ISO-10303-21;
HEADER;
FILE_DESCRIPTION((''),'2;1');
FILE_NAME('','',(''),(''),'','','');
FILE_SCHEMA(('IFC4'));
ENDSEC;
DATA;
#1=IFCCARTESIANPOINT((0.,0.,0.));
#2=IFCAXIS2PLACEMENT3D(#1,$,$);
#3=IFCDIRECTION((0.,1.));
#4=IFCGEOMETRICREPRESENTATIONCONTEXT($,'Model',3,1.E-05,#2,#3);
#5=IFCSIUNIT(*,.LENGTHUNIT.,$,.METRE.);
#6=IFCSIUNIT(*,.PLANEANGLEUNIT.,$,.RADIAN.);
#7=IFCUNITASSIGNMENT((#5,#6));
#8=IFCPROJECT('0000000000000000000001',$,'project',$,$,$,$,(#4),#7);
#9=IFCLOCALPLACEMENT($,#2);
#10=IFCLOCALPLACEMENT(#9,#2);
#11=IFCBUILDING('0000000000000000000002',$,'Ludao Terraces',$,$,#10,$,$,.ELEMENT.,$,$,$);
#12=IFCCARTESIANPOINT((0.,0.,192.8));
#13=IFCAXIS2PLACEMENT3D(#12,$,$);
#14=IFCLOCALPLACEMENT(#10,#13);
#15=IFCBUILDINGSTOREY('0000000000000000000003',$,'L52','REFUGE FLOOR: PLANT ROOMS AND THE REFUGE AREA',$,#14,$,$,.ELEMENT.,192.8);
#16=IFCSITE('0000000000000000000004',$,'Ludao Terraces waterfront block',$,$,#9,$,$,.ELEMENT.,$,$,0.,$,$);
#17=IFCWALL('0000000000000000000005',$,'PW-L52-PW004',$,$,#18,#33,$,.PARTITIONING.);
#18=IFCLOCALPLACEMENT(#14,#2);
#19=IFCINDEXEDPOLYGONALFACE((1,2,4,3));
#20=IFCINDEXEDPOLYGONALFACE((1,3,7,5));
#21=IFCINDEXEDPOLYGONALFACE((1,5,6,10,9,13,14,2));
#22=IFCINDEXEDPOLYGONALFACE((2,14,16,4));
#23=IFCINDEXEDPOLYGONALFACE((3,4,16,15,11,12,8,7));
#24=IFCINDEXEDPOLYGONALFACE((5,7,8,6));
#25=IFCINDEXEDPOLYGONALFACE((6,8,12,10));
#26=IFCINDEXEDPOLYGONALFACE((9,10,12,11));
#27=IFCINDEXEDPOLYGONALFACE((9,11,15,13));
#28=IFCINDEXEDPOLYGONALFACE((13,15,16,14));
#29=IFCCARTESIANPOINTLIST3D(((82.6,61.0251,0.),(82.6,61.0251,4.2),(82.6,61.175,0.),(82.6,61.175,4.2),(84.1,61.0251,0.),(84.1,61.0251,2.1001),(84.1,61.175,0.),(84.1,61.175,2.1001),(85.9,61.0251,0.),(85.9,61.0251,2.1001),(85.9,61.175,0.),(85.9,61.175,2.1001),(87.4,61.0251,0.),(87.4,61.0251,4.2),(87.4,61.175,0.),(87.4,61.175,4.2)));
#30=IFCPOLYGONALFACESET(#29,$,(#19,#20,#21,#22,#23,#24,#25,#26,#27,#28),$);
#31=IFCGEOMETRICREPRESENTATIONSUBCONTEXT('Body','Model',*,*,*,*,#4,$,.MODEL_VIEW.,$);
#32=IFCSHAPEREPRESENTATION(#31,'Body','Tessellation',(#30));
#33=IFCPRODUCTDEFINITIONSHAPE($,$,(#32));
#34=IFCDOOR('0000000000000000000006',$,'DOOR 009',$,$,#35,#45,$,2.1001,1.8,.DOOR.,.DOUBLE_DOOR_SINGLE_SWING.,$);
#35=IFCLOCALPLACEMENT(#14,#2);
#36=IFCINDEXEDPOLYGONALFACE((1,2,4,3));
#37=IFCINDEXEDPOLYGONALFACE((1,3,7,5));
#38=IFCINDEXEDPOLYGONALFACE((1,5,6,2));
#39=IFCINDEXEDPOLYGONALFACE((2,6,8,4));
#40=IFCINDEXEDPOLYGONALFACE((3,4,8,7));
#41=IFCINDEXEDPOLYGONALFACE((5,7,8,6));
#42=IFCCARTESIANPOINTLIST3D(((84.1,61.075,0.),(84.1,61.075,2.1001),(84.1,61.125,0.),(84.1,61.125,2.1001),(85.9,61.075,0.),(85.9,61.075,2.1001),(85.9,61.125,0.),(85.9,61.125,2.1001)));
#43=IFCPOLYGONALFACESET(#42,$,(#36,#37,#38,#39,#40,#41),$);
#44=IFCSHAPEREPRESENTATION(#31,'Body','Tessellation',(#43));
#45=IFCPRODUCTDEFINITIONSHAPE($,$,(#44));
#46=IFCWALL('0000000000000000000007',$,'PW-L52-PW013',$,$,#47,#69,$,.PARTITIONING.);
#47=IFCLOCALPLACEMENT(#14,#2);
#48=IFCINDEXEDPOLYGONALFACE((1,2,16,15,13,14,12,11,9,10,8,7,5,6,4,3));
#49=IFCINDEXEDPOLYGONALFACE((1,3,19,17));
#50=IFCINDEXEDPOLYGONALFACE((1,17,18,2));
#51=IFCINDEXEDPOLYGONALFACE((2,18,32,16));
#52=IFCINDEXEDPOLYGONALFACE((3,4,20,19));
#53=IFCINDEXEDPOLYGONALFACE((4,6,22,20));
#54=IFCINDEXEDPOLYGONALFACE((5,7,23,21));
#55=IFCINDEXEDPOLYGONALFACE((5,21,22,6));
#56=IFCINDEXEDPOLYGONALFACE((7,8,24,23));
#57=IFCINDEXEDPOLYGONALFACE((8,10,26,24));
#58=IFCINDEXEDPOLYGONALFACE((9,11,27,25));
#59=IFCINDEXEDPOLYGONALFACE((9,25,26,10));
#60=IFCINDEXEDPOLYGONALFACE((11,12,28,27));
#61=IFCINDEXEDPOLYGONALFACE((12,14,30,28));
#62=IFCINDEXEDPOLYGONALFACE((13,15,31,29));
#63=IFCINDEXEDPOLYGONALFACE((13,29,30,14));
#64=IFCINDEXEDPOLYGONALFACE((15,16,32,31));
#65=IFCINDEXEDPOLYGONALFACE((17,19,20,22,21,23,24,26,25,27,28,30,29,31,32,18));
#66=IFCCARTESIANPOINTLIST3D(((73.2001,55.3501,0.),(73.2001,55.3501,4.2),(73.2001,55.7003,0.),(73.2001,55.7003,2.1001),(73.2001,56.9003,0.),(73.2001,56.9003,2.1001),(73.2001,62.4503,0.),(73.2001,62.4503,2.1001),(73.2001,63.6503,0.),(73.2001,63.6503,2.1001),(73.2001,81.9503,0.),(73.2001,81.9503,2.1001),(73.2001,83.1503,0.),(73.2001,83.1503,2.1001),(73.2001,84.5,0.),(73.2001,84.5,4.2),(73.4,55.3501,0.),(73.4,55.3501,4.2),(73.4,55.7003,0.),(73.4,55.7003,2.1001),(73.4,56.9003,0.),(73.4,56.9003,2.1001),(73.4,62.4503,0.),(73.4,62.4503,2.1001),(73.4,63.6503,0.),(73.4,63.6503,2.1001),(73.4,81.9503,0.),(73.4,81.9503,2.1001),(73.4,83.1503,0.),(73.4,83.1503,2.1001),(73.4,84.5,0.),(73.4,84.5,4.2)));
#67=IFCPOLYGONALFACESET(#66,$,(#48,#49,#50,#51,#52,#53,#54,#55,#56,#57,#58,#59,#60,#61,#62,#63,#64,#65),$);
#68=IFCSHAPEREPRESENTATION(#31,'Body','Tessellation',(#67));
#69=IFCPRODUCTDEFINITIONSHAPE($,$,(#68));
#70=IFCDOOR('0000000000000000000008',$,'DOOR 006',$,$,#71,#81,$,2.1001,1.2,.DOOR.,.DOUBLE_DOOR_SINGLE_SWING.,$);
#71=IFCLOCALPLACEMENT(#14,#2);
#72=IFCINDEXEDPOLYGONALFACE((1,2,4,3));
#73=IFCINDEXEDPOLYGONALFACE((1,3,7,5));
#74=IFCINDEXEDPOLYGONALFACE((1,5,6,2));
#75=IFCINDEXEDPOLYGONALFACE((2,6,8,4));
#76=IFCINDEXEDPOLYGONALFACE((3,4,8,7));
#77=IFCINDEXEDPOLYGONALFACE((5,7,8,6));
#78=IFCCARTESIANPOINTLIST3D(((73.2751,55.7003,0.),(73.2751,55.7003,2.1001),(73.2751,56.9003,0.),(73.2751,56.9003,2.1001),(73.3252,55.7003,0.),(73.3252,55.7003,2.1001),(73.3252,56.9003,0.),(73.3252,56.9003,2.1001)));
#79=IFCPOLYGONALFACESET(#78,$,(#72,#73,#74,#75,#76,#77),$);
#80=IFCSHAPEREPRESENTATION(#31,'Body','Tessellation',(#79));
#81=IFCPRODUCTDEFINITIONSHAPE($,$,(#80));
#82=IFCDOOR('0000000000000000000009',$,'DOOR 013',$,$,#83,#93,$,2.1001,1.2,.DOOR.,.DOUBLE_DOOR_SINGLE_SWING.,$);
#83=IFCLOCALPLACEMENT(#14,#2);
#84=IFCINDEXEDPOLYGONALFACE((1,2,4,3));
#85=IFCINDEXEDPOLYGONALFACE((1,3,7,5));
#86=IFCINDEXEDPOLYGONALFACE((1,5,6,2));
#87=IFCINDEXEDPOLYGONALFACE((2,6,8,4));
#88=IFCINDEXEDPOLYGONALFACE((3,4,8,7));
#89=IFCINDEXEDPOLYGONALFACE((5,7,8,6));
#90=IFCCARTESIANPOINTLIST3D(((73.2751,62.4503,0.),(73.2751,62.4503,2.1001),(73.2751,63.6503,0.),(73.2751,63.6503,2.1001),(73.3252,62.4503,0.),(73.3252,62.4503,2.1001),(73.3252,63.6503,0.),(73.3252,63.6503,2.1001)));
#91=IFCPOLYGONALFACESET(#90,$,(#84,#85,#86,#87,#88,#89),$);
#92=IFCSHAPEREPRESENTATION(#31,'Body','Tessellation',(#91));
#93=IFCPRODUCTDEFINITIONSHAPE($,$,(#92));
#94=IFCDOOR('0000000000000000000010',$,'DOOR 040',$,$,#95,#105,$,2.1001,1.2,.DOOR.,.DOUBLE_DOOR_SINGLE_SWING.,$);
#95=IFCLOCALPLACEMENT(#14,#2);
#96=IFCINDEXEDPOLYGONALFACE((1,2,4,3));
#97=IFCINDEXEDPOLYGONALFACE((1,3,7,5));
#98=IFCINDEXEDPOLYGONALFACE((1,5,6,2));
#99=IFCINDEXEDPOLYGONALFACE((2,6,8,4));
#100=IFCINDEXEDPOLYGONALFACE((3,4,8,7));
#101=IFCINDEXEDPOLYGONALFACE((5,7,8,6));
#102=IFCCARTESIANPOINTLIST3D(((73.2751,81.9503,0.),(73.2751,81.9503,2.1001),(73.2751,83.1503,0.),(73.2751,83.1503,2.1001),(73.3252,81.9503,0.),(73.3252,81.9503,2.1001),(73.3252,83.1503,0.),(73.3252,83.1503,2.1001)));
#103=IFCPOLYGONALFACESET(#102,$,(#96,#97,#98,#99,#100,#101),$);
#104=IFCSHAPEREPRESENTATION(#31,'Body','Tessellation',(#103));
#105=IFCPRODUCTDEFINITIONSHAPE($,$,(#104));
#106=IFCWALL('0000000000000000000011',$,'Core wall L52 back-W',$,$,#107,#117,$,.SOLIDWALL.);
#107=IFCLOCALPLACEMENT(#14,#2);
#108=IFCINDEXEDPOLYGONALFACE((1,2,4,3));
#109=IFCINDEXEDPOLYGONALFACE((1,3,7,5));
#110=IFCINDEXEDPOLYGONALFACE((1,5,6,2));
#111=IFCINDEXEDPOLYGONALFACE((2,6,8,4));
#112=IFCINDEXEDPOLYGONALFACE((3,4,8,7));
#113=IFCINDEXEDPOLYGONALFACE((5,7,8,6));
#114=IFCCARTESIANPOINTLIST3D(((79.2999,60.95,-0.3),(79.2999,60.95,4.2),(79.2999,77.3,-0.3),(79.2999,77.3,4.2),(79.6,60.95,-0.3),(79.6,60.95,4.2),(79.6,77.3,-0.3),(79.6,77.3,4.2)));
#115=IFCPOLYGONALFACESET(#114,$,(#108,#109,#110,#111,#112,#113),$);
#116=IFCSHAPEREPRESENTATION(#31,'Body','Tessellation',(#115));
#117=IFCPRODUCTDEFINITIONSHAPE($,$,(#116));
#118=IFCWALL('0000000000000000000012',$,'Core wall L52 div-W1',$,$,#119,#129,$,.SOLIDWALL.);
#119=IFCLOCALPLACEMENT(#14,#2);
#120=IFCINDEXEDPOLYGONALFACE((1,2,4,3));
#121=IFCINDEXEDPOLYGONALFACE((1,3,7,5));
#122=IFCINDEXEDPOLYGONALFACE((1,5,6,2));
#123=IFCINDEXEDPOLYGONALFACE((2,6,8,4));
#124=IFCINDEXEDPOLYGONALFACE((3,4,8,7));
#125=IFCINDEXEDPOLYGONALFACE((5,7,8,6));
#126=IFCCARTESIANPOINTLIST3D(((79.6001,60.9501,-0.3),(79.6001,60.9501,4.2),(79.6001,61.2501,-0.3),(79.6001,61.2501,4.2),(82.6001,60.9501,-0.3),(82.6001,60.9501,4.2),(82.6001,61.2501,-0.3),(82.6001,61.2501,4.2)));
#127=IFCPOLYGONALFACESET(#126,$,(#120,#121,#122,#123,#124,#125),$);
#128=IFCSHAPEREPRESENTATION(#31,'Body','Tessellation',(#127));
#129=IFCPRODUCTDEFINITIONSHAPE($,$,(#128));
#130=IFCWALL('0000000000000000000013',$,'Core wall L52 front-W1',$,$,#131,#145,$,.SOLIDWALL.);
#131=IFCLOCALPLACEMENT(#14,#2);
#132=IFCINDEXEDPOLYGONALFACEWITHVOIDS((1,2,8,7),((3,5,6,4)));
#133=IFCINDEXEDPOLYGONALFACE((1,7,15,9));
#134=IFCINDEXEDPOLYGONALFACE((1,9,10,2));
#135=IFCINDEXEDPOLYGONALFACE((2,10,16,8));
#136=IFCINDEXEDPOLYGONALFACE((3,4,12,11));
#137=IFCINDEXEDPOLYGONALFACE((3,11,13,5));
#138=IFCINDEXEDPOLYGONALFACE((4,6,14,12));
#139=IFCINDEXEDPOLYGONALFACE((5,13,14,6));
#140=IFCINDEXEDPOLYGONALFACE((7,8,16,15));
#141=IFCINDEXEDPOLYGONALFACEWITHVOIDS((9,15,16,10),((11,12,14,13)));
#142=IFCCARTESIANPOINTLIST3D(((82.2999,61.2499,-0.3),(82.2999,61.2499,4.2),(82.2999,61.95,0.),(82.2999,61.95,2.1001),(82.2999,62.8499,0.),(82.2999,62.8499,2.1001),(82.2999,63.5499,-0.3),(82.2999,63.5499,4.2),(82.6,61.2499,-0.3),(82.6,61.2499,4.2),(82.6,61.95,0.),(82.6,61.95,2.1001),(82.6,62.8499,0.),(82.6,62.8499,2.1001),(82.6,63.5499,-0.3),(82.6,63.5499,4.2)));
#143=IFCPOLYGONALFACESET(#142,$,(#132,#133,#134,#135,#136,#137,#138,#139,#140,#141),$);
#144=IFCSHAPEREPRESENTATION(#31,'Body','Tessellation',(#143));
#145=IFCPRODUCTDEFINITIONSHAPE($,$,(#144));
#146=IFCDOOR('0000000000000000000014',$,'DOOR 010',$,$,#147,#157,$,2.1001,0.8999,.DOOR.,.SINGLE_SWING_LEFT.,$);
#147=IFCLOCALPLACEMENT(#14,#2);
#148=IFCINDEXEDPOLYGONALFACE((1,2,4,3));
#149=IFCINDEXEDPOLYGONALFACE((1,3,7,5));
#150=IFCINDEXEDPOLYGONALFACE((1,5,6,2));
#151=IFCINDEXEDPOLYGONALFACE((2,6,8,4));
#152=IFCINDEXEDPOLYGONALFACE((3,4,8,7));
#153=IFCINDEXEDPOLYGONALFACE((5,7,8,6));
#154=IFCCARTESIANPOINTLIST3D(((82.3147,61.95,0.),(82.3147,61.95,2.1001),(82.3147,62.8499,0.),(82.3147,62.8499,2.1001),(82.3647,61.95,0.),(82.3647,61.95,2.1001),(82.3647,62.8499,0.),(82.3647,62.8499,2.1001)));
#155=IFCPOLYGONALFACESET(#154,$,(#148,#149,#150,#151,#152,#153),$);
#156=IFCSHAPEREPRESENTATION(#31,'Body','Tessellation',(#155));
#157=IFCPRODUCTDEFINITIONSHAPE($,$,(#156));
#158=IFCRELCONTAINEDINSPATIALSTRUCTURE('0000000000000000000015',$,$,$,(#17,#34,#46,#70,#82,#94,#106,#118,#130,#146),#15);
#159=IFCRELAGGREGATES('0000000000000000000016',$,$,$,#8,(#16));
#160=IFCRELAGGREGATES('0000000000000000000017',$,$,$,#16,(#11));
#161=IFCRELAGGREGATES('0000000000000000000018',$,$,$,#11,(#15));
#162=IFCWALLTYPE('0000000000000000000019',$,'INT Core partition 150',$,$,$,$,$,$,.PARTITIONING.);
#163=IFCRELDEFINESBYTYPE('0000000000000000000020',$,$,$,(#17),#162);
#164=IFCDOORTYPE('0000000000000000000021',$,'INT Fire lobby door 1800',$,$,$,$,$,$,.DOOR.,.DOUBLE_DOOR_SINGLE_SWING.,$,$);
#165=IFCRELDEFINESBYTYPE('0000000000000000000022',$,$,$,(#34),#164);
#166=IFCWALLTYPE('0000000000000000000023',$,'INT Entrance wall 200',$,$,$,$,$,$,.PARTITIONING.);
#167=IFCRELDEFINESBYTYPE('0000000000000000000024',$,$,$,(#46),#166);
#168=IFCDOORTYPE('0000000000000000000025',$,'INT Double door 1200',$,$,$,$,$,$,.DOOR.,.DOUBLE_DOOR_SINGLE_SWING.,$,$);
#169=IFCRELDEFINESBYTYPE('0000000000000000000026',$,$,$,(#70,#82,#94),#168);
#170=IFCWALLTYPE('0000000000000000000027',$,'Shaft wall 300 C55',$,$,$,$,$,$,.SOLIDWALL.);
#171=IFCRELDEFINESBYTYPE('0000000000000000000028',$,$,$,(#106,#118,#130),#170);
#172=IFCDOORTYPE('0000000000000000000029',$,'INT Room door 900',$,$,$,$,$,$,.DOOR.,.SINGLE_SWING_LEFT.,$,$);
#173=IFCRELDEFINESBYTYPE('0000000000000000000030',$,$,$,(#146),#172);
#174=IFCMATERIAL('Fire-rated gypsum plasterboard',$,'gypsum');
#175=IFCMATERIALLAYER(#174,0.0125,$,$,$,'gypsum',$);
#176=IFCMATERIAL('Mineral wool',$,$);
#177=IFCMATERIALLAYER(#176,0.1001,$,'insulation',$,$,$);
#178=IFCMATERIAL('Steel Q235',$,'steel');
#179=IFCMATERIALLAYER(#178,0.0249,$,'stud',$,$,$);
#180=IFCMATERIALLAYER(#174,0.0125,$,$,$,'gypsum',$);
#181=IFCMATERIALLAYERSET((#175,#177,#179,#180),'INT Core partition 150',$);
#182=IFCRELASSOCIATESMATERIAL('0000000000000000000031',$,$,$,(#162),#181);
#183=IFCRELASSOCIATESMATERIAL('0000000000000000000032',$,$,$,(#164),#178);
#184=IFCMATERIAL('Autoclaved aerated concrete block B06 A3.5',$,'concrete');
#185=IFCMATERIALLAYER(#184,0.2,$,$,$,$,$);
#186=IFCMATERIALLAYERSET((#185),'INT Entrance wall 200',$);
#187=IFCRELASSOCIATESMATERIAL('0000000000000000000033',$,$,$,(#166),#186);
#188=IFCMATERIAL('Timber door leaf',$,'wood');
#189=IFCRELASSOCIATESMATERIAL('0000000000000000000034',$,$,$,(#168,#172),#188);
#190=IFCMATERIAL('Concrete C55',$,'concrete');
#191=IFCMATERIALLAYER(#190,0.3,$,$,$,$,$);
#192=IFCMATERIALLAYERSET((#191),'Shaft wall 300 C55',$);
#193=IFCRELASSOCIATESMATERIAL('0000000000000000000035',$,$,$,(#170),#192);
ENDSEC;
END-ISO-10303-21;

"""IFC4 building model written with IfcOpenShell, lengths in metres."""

from ifc_helpers import new_model, si_unit, direction, frame, frame_2d, origin, place, context, subcontext, project, spatial, rectangle, extrude, material, layer, layer_set, type_object, element, fill, save


model = new_model("IFC4")

# Units and contexts
model_context = context("Model", 3, precision=1e-05, world=origin(), true_north=direction((0.0, 1.0)))
body_context = subcontext(model_context, "Body", "Model", "MODEL_VIEW")
ifc_project = project(units=[si_unit("LENGTHUNIT", "METRE"), si_unit("PLANEANGLEUNIT", "RADIAN")], contexts=[model_context])

# Site, building, storey
site_placement = place(None, origin())
site = spatial("IfcSite", under=ifc_project, at=site_placement, Name="Ludao Terraces waterfront block", CompositionType="ELEMENT", RefElevation=0.0)
building_placement = place(site_placement, origin())
building = spatial("IfcBuilding", under=site, at=building_placement, Name="Ludao Terraces", CompositionType="ELEMENT")
storey_placement = place(building_placement, frame((0.0, 0.0, 192.8)))
storey = spatial("IfcBuildingStorey", under=building, at=storey_placement, Name="L52", Description="REFUGE FLOOR: PLANT ROOMS AND THE REFUGE AREA", CompositionType="ELEMENT", Elevation=192.8)

# Wall, opening, door
ifc_material_1 = material(Name="Steel Q235", Category="steel")
ifc_material_2 = material(Name="Fire-rated gypsum plasterboard", Category="gypsum")
ifc_layer_1 = layer(ifc_material_2, 0.0125, Category="gypsum")
ifc_material_3 = material(Name="Mineral wool")
ifc_layer_2 = layer(ifc_material_3, 0.1001, Name="insulation")
ifc_layer_3 = layer(ifc_material_1, 0.0249, Name="stud")
ifc_layer_4 = layer(ifc_material_2, 0.0125, Category="gypsum")
ifc_layer_set_1 = layer_set([ifc_layer_1, ifc_layer_2, ifc_layer_3, ifc_layer_4], Name="INT Core partition 150")
wall_type_1 = type_object("IfcWallType", Name="INT Core partition 150", PredefinedType="PARTITIONING", material=ifc_layer_set_1)
wall_1_placement = place(storey_placement, frame((82.6001, 61.1001, 0.0), z_axis=(0.0, 0.0, 1.0), x_axis=(1.0, 0.0, 0.0)))
wall_1 = element("IfcWall", 1, at=wall_1_placement, inside=storey, type_object=wall_type_1, Name="PW-L52-PW004", PredefinedType="PARTITIONING", context=body_context, shape_type="SweptSolid", body=[
    extrude(rectangle(XDim=4.8, YDim=0.1499, at=frame_2d((2.3999, 0.0))), origin(), (0.0, 0.0, 1.0), 4.2),
])
opening_1_placement = place(wall_1_placement, frame((1.5, 0.0, 0.0)))
opening_1 = element("IfcOpeningElement", 2, at=opening_1_placement, cuts=wall_1, PredefinedType="OPENING", context=body_context, shape_type="SweptSolid", body=[
    extrude(rectangle(XDim=1.8, YDim=2.1001, at=frame_2d((0.8999, 1.05))), frame((0.0, 0.085, 0.0), z_axis=(0.0, -1.0, 0.0), x_axis=(1.0, 0.0, 0.0)), (0.0, 0.0, 1.0), 0.1699),
])
door_type_1 = type_object("IfcDoorType", Name="INT Fire lobby door 1800", OperationType="DOUBLE_DOOR_SINGLE_SWING", PredefinedType="DOOR", material=ifc_material_1)
door_1_placement = place(opening_1_placement, origin())
door_1 = element("IfcDoor", 3, at=door_1_placement, inside=storey, type_object=door_type_1, Name="DOOR 009", OperationType="DOUBLE_DOOR_SINGLE_SWING", OverallHeight=2.1001, OverallWidth=1.8, PredefinedType="DOOR", context=body_context, shape_type="SweptSolid", body=[
    extrude(rectangle(XDim=1.8, YDim=2.1001, at=frame_2d((0.8999, 1.05))), frame((0.0, 0.0249, 0.0), z_axis=(0.0, -1.0, 0.0), x_axis=(1.0, 0.0, 0.0)), (0.0, 0.0, 1.0), 0.05),
])
fill(opening_1, door_1)

# Wall, openings, doors
ifc_material_4 = material(Name="Autoclaved aerated concrete block B06 A3.5", Category="concrete")
ifc_layer_5 = layer(ifc_material_4, 0.2)
ifc_layer_set_2 = layer_set([ifc_layer_5], Name="INT Entrance wall 200")
wall_type_2 = type_object("IfcWallType", Name="INT Entrance wall 200", PredefinedType="PARTITIONING", material=ifc_layer_set_2)
wall_2_placement = place(storey_placement, frame((73.3, 55.3501, 0.0), z_axis=(0.0, 0.0, 1.0), x_axis=(0.0, 1.0, 0.0)))
wall_2 = element("IfcWall", 4, at=wall_2_placement, inside=storey, type_object=wall_type_2, Name="PW-L52-PW013", PredefinedType="PARTITIONING", context=body_context, shape_type="SweptSolid", body=[
    extrude(rectangle(XDim=29.1499, YDim=0.2, at=frame_2d((14.575, 0.0))), origin(), (0.0, 0.0, 1.0), 4.2),
])
opening_2_placement = place(wall_2_placement, frame((0.3501, 0.0, 0.0)))
opening_2 = element("IfcOpeningElement", 5, at=opening_2_placement, cuts=wall_2, PredefinedType="OPENING", context=body_context, shape_type="SweptSolid", body=[
    extrude(rectangle(XDim=1.2, YDim=2.1001, at=frame_2d((0.6001, 1.05))), frame((0.0, 0.1099, 0.0), z_axis=(0.0, -1.0, 0.0), x_axis=(1.0, 0.0, 0.0)), (0.0, 0.0, 1.0), 0.22),
])
opening_3_placement = place(wall_2_placement, frame((7.1001, 0.0, 0.0)))
opening_3 = element("IfcOpeningElement", 6, at=opening_3_placement, cuts=wall_2, PredefinedType="OPENING", context=body_context, shape_type="SweptSolid", body=[
    extrude(rectangle(XDim=1.2, YDim=2.1001, at=frame_2d((0.6001, 1.05))), frame((0.0, 0.1099, 0.0), z_axis=(0.0, -1.0, 0.0), x_axis=(1.0, 0.0, 0.0)), (0.0, 0.0, 1.0), 0.22),
])
opening_4_placement = place(wall_2_placement, frame((26.6001, 0.0, 0.0)))
opening_4 = element("IfcOpeningElement", 7, at=opening_4_placement, cuts=wall_2, PredefinedType="OPENING", context=body_context, shape_type="SweptSolid", body=[
    extrude(rectangle(XDim=1.2, YDim=2.1001, at=frame_2d((0.6001, 1.05))), frame((0.0, 0.1099, 0.0), z_axis=(0.0, -1.0, 0.0), x_axis=(1.0, 0.0, 0.0)), (0.0, 0.0, 1.0), 0.22),
])
ifc_material_5 = material(Name="Timber door leaf", Category="wood")
door_type_2 = type_object("IfcDoorType", Name="INT Double door 1200", OperationType="DOUBLE_DOOR_SINGLE_SWING", PredefinedType="DOOR", material=ifc_material_5)
door_2_placement = place(opening_2_placement, origin())
door_2 = element("IfcDoor", 8, at=door_2_placement, inside=storey, type_object=door_type_2, Name="DOOR 006", OperationType="DOUBLE_DOOR_SINGLE_SWING", OverallHeight=2.1001, OverallWidth=1.2, PredefinedType="DOOR", context=body_context, shape_type="SweptSolid", body=[
    extrude(rectangle(XDim=1.2, YDim=2.1001, at=frame_2d((0.6001, 1.05))), frame((0.0, 0.0249, 0.0), z_axis=(0.0, -1.0, 0.0), x_axis=(1.0, 0.0, 0.0)), (0.0, 0.0, 1.0), 0.05),
])
fill(opening_2, door_2)
door_3_placement = place(opening_3_placement, origin())
door_3 = element("IfcDoor", 9, at=door_3_placement, inside=storey, type_object=door_type_2, Name="DOOR 013", OperationType="DOUBLE_DOOR_SINGLE_SWING", OverallHeight=2.1001, OverallWidth=1.2, PredefinedType="DOOR", context=body_context, shape_type="SweptSolid", body=[
    extrude(rectangle(XDim=1.2, YDim=2.1001, at=frame_2d((0.6001, 1.05))), frame((0.0, 0.0249, 0.0), z_axis=(0.0, -1.0, 0.0), x_axis=(1.0, 0.0, 0.0)), (0.0, 0.0, 1.0), 0.05),
])
fill(opening_3, door_3)
door_4_placement = place(opening_4_placement, origin())
door_4 = element("IfcDoor", 10, at=door_4_placement, inside=storey, type_object=door_type_2, Name="DOOR 040", OperationType="DOUBLE_DOOR_SINGLE_SWING", OverallHeight=2.1001, OverallWidth=1.2, PredefinedType="DOOR", context=body_context, shape_type="SweptSolid", body=[
    extrude(rectangle(XDim=1.2, YDim=2.1001, at=frame_2d((0.6001, 1.05))), frame((0.0, 0.0249, 0.0), z_axis=(0.0, -1.0, 0.0), x_axis=(1.0, 0.0, 0.0)), (0.0, 0.0, 1.0), 0.05),
])
fill(opening_4, door_4)

# Walls
ifc_material_6 = material(Name="Concrete C55", Category="concrete")
ifc_layer_6 = layer(ifc_material_6, 0.3)
ifc_layer_set_3 = layer_set([ifc_layer_6], Name="Shaft wall 300 C55")
wall_type_3 = type_object("IfcWallType", Name="Shaft wall 300 C55", PredefinedType="SOLIDWALL", material=ifc_layer_set_3)
wall_3_placement = place(storey_placement, frame((79.45, 60.95, -0.3), z_axis=(0.0, 0.0, 1.0), x_axis=(0.0, 1.0, 0.0)))
element("IfcWall", 11, at=wall_3_placement, inside=storey, type_object=wall_type_3, Name="Core wall L52 back-W", PredefinedType="SOLIDWALL", context=body_context, shape_type="SweptSolid", body=[
    extrude(rectangle(XDim=16.3501, YDim=0.3, at=frame_2d((8.175, 0.0))), origin(), (0.0, 0.0, 1.0), 4.5),
])
wall_4_placement = place(storey_placement, frame((79.6001, 61.1001, -0.3), z_axis=(0.0, 0.0, 1.0), x_axis=(1.0, 0.0, 0.0)))
element("IfcWall", 12, at=wall_4_placement, inside=storey, type_object=wall_type_3, Name="Core wall L52 div-W1", PredefinedType="SOLIDWALL", context=body_context, shape_type="SweptSolid", body=[
    extrude(rectangle(XDim=3.0, YDim=0.3, at=frame_2d((1.5, 0.0))), origin(), (0.0, 0.0, 1.0), 4.5),
])

# Wall, opening, door
wall_5_placement = place(storey_placement, frame((82.45, 61.25, -0.3), z_axis=(0.0, 0.0, 1.0), x_axis=(0.0, 1.0, 0.0)))
wall_5 = element("IfcWall", 13, at=wall_5_placement, inside=storey, type_object=wall_type_3, Name="Core wall L52 front-W1", PredefinedType="SOLIDWALL", context=body_context, shape_type="SweptSolid", body=[
    extrude(rectangle(XDim=2.3, YDim=0.3, at=frame_2d((1.1499, 0.0))), origin(), (0.0, 0.0, 1.0), 4.5),
])
opening_5_placement = place(wall_5_placement, frame((0.7, 0.0, 0.3)))
opening_5 = element("IfcOpeningElement", 14, at=opening_5_placement, cuts=wall_5, PredefinedType="OPENING", context=body_context, shape_type="SweptSolid", body=[
    extrude(rectangle(XDim=0.8999, YDim=2.1001, at=frame_2d((0.45, 1.05))), frame((0.0, 0.1602, 0.0), z_axis=(0.0, -1.0, 0.0), x_axis=(1.0, 0.0, 0.0)), (0.0, 0.0, 1.0), 0.3201),
])
door_type_3 = type_object("IfcDoorType", Name="INT Room door 900", OperationType="SINGLE_SWING_LEFT", PredefinedType="DOOR", material=ifc_material_5)
door_5_placement = place(opening_5_placement, origin())
door_5 = element("IfcDoor", 15, at=door_5_placement, inside=storey, type_object=door_type_3, Name="DOOR 010", OperationType="SINGLE_SWING_LEFT", OverallHeight=2.1001, OverallWidth=0.8999, PredefinedType="DOOR", context=body_context, shape_type="SweptSolid", body=[
    extrude(rectangle(XDim=0.8999, YDim=2.1001, at=frame_2d((0.45, 1.05))), frame((0.0, 0.1353, 0.0), z_axis=(0.0, -1.0, 0.0), x_axis=(1.0, 0.0, 0.0)), (0.0, 0.0, 1.0), 0.05),
])
fill(opening_5, door_5)

save(model, "model.ifc")
